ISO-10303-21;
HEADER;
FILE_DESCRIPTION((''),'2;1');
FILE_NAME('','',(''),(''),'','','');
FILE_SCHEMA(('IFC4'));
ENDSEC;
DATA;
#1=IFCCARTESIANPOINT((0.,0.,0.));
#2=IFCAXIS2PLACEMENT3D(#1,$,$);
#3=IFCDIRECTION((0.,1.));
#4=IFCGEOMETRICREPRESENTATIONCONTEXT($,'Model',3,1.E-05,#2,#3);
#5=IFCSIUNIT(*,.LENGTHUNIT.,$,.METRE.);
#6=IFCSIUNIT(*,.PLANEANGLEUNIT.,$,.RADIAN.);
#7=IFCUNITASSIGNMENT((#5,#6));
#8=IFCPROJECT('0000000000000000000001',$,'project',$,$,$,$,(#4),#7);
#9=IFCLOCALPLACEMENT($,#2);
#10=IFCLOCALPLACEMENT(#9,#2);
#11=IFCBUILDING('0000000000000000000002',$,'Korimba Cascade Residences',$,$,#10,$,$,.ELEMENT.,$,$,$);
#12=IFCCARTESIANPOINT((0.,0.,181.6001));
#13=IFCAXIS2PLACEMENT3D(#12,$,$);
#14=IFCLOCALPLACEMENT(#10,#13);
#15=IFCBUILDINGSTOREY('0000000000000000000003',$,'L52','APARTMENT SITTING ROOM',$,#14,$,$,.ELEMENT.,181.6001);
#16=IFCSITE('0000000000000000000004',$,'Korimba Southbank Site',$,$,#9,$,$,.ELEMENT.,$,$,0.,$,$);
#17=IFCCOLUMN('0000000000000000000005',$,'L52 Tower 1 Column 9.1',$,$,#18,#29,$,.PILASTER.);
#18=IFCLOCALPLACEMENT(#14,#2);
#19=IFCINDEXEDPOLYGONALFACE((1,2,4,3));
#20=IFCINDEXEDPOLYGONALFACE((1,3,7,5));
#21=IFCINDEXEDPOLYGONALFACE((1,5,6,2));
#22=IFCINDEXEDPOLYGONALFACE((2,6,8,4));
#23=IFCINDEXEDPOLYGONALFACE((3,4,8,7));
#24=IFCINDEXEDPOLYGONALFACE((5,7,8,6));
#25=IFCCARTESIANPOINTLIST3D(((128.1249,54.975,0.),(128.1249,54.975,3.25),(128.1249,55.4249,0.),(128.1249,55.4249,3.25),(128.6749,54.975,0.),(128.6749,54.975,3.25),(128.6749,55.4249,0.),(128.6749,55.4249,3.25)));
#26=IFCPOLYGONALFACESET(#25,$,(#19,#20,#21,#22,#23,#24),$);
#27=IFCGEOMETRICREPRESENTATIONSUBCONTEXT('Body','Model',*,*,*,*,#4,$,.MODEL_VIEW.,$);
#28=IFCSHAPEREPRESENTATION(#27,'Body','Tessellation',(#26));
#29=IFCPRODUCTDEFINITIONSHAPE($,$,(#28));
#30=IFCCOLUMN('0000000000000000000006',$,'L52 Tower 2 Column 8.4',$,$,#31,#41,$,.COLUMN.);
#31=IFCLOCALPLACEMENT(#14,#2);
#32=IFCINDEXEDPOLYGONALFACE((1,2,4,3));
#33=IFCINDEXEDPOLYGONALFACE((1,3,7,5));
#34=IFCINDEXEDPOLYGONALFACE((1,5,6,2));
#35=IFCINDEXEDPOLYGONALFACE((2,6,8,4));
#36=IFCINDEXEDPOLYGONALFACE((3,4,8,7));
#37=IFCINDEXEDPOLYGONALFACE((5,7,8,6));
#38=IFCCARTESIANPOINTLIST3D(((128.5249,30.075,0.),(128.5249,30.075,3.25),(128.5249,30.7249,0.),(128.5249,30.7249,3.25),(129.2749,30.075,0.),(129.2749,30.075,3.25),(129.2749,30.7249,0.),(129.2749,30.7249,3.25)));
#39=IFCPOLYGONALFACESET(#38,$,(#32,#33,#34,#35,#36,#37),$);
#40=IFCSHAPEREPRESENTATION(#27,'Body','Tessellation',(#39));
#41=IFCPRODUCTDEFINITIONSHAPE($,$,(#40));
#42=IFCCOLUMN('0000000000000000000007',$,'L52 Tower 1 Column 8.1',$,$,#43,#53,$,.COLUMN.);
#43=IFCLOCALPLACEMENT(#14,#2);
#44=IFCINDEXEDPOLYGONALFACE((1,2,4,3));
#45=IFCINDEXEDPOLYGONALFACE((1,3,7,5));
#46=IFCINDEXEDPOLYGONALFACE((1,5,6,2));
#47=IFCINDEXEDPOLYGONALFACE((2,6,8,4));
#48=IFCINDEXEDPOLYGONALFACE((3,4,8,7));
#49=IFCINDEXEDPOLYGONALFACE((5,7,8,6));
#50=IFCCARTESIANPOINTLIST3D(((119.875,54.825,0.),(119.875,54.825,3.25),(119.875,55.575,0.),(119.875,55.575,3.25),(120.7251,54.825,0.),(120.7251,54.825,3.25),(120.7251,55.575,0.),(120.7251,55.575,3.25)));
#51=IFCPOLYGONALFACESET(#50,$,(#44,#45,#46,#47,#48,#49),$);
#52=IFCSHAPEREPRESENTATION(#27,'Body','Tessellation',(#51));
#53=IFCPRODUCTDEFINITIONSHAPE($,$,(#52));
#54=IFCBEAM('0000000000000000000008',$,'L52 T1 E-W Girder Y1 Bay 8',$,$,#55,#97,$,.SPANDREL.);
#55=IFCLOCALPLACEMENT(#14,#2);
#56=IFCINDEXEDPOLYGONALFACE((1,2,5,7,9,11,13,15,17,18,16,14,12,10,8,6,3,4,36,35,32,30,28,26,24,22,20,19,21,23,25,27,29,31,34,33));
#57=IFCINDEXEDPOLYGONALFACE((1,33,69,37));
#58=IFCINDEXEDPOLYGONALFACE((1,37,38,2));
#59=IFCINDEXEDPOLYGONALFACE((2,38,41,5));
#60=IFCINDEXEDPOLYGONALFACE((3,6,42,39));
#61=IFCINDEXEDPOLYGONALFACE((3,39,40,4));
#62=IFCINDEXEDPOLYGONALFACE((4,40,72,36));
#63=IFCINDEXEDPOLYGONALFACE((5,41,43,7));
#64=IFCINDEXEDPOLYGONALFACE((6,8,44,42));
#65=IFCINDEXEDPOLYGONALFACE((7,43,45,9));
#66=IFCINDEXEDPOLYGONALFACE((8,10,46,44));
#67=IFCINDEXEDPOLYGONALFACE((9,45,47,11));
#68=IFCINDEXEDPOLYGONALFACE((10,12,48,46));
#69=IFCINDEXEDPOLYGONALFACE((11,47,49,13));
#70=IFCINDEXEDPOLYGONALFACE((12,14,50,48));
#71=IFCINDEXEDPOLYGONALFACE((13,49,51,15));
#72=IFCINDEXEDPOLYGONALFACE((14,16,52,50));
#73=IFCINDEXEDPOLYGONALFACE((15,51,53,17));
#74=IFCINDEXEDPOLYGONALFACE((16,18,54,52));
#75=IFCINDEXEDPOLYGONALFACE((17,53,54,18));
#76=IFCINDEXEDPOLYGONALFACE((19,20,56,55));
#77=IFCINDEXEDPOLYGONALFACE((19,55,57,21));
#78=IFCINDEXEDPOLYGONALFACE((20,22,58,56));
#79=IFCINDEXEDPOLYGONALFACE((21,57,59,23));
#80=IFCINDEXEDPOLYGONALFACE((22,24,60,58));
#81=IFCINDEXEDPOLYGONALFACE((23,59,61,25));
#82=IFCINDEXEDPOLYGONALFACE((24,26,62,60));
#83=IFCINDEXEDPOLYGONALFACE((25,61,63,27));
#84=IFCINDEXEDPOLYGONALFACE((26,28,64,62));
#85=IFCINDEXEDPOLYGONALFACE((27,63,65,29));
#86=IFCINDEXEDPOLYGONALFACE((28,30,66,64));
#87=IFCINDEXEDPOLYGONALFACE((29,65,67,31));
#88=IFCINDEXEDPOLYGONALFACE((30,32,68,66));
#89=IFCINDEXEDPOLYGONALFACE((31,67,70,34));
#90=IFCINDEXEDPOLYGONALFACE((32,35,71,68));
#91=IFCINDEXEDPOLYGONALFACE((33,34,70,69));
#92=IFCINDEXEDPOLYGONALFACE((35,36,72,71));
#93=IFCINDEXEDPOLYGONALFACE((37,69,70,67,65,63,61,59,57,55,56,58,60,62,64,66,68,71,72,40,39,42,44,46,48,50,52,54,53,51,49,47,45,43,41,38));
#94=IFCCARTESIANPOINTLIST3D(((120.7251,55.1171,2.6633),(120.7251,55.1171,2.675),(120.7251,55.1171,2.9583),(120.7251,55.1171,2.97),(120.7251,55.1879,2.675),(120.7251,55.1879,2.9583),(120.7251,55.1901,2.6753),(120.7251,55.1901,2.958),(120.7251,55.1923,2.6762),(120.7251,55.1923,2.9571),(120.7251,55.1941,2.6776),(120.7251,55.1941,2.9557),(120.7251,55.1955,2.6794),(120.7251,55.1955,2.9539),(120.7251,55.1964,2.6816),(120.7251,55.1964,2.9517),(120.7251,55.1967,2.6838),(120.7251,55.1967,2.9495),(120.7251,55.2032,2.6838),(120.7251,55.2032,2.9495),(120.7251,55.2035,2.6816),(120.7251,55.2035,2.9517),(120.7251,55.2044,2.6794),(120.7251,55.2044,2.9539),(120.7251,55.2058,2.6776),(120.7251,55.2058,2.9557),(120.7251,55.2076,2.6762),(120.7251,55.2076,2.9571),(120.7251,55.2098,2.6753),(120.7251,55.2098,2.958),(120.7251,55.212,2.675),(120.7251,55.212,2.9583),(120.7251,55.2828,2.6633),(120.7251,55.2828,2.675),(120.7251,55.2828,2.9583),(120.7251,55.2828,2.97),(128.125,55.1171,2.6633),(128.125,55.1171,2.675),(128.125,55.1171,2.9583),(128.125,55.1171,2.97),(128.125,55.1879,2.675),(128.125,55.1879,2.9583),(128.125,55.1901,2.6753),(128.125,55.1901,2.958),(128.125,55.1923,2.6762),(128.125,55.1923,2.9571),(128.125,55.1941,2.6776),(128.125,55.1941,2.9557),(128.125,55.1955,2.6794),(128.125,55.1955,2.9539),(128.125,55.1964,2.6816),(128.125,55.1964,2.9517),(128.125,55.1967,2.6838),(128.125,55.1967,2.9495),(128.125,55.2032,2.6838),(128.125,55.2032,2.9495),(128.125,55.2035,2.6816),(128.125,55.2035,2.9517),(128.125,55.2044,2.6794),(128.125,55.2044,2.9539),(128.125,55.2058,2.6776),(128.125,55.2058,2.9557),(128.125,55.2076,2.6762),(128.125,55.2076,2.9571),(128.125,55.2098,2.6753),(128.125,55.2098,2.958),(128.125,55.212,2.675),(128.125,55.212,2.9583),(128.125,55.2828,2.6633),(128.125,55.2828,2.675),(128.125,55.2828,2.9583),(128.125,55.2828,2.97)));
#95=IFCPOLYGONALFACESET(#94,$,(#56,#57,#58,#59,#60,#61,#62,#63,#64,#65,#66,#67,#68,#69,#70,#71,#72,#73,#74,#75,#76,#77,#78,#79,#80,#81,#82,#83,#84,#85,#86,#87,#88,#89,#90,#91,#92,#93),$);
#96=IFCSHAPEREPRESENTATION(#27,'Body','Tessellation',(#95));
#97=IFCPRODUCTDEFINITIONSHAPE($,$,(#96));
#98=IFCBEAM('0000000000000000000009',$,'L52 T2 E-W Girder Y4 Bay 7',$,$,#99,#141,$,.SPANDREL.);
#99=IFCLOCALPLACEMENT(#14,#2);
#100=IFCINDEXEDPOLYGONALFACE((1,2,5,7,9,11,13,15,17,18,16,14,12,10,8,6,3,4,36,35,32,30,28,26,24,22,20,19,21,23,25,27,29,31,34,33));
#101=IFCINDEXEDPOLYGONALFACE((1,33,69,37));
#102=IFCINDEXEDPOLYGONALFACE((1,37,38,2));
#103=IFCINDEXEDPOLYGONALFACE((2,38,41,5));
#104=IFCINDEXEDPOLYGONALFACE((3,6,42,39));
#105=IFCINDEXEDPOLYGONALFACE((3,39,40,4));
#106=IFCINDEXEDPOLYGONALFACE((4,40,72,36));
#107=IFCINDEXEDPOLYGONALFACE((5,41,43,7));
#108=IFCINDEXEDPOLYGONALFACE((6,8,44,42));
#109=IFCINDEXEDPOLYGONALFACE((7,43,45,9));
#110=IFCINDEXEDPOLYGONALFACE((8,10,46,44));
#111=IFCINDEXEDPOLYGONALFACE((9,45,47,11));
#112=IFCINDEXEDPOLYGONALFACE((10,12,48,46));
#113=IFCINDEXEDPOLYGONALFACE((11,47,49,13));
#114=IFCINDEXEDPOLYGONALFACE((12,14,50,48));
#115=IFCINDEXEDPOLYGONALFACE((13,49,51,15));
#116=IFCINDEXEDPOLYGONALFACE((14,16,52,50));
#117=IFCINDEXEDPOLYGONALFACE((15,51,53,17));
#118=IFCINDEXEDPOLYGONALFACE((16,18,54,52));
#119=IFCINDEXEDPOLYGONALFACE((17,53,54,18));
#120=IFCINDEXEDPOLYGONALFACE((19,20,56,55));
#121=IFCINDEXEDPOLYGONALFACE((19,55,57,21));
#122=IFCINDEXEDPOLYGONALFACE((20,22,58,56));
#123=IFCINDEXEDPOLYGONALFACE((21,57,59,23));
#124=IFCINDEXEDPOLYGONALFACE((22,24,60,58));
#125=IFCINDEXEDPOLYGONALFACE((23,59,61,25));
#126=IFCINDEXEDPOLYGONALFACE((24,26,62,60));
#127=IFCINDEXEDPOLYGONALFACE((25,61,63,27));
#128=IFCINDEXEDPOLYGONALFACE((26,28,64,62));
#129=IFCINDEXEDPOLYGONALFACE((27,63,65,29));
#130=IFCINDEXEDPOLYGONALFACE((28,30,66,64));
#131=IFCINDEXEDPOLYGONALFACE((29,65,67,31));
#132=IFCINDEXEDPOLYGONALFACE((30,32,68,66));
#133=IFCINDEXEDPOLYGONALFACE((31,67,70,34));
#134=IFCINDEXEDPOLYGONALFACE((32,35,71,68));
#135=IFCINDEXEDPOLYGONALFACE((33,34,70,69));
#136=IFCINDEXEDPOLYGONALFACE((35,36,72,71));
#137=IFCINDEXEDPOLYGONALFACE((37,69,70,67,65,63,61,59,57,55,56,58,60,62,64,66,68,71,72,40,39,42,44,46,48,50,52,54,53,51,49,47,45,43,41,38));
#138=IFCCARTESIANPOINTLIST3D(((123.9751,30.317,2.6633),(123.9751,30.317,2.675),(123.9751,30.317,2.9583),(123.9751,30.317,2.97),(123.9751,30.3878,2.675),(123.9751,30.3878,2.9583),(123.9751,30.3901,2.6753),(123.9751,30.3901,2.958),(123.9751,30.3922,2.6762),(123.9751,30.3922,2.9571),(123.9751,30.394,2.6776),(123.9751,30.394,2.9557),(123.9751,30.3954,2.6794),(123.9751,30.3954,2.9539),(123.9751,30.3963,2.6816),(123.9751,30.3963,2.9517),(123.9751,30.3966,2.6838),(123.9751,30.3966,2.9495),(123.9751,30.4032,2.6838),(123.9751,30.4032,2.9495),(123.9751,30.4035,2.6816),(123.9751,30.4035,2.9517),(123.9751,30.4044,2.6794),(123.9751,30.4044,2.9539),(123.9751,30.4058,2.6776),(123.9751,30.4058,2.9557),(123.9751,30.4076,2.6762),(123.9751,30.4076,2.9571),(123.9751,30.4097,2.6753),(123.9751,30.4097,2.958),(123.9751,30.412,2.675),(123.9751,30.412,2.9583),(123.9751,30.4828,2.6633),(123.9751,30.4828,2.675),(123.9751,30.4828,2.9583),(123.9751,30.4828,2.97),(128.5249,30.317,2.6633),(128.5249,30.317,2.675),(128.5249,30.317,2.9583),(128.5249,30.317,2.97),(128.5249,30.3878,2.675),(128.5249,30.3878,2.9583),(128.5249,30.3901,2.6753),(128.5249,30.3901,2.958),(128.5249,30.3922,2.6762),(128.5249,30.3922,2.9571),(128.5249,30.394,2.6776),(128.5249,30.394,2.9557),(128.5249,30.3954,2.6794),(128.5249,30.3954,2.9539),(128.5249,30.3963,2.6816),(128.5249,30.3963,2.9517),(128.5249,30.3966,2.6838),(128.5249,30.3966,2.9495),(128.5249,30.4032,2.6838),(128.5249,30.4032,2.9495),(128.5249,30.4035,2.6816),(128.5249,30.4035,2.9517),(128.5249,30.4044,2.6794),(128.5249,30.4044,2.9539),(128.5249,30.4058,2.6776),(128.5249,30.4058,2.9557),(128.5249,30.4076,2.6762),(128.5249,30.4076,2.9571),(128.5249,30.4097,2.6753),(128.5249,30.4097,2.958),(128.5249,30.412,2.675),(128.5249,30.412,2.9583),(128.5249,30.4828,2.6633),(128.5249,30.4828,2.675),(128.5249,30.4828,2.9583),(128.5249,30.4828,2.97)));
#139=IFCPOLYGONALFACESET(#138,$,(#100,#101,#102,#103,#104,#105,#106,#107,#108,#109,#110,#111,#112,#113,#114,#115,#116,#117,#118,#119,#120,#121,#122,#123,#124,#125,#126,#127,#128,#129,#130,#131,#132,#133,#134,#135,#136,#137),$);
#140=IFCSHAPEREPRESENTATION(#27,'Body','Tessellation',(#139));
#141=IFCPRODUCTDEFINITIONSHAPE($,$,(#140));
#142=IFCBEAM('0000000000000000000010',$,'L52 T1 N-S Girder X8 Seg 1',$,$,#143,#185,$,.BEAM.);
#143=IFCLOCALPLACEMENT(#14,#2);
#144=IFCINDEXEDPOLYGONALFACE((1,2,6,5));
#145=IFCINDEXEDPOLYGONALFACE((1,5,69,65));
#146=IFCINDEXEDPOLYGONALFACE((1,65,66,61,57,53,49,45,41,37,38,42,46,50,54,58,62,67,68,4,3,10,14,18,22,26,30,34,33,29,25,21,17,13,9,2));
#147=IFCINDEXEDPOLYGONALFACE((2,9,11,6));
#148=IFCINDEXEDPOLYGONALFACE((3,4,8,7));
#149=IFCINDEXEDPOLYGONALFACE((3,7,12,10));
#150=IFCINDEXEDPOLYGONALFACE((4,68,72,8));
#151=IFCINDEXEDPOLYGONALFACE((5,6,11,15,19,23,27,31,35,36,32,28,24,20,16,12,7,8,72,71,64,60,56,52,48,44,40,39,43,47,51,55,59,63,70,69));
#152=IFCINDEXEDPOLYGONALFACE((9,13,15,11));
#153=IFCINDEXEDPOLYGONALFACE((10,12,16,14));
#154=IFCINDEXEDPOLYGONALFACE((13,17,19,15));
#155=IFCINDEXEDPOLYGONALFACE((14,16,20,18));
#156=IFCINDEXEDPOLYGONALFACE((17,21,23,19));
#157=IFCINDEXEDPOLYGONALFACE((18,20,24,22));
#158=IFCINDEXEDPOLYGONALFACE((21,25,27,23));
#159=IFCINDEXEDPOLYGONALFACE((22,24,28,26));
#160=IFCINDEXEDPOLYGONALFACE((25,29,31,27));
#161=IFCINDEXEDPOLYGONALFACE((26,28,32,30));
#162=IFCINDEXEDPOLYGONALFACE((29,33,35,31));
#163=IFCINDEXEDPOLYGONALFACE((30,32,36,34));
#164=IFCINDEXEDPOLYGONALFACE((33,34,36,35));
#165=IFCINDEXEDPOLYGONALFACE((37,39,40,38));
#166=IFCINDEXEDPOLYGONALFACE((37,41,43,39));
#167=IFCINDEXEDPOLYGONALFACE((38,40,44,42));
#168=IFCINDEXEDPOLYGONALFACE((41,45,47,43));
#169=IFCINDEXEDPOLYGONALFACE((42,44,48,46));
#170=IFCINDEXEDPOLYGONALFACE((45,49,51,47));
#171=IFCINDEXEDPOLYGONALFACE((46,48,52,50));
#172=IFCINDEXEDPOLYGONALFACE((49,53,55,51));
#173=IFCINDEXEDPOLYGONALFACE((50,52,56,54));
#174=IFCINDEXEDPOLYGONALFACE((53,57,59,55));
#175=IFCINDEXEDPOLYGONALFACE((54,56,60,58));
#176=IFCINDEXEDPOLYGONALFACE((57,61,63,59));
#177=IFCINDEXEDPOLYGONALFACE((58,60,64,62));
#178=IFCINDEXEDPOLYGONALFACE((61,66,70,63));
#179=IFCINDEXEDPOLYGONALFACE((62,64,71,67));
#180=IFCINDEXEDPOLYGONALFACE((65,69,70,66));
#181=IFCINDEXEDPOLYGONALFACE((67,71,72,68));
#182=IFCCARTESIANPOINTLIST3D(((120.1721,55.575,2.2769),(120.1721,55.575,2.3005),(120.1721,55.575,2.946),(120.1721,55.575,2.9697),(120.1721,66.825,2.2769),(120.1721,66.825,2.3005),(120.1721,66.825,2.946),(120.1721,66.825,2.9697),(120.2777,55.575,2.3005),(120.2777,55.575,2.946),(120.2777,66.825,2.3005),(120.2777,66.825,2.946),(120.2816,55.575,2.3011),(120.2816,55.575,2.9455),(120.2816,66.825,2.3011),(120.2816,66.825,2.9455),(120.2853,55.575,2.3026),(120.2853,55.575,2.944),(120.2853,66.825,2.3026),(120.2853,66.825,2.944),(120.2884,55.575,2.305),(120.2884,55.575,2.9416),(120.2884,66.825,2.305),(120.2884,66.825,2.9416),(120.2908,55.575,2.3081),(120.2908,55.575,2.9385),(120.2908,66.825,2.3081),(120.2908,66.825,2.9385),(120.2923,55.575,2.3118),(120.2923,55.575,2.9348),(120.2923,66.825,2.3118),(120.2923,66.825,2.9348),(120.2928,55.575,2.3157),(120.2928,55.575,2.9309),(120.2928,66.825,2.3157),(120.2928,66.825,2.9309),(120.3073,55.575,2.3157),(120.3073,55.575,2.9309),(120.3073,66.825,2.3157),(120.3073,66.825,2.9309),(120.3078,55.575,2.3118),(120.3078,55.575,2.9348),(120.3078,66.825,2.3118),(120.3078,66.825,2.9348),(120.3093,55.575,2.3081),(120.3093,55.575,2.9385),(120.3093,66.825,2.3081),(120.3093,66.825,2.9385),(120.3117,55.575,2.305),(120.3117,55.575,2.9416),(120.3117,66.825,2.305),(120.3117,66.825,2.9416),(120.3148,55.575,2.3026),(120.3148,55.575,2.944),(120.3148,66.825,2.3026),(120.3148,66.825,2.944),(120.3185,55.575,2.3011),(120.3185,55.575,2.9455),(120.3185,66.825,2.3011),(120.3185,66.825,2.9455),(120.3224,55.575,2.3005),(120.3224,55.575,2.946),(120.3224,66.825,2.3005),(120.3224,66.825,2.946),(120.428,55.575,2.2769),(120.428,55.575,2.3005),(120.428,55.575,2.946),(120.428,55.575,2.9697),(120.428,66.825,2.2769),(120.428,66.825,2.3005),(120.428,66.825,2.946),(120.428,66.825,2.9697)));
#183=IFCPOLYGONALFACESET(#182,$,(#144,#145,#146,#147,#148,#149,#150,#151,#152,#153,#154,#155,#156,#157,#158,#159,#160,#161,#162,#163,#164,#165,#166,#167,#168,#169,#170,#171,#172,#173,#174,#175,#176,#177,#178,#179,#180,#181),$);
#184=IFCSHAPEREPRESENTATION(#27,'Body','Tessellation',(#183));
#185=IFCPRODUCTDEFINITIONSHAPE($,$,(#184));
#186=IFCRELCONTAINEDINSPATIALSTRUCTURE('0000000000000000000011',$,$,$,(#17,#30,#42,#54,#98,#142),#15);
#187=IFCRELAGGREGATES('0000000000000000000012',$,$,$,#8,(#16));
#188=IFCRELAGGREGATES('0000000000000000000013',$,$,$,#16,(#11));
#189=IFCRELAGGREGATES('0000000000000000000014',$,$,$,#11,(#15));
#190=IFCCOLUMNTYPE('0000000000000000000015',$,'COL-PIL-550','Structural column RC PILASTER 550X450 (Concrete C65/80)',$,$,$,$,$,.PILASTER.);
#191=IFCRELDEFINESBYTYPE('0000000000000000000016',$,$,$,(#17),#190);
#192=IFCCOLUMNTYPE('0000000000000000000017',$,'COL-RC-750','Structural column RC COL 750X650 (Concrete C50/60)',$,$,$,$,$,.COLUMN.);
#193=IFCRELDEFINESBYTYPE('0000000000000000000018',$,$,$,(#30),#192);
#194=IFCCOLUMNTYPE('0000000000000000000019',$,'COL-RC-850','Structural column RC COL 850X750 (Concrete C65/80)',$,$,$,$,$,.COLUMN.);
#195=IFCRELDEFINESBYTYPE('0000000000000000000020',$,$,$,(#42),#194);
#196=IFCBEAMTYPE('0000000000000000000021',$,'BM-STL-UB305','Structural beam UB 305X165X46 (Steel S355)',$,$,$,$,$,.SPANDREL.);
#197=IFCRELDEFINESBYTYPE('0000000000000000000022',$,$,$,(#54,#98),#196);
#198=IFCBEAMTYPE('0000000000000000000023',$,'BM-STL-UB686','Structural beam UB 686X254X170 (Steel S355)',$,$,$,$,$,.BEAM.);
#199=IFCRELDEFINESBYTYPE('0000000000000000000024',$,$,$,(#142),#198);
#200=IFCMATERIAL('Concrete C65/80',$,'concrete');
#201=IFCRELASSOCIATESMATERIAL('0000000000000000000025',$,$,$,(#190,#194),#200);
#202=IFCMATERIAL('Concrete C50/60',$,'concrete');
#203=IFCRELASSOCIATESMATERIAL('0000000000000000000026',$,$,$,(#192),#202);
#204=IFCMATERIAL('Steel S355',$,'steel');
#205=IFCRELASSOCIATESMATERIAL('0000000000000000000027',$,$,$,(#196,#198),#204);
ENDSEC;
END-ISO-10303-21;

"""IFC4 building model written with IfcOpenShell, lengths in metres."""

from ifc_helpers import new_model, si_unit, direction, frame, origin, origin_2d, place, context, subcontext, project, spatial, rectangle, i_section, extrude, material, material_profile, profile_set, type_object, element, save


model = new_model("IFC4")

# Units and contexts
model_context = context("Model", 3, precision=1e-05, world=origin(), true_north=direction((0.0, 1.0)))
body_context = subcontext(model_context, "Body", "Model", "MODEL_VIEW")
ifc_project = project(units=[si_unit("LENGTHUNIT", "METRE"), si_unit("PLANEANGLEUNIT", "RADIAN")], contexts=[model_context])

# Site, building, storey
site_placement = place(None, origin())
site = spatial("IfcSite", under=ifc_project, at=site_placement, Name="Korimba Southbank Site", CompositionType="ELEMENT", RefElevation=0.0)
building_placement = place(site_placement, origin())
building = spatial("IfcBuilding", under=site, at=building_placement, Name="Korimba Cascade Residences", CompositionType="ELEMENT")
storey_placement = place(building_placement, frame((0.0, 0.0, 181.6001)))
storey = spatial("IfcBuildingStorey", under=building, at=storey_placement, Name="L52", Description="APARTMENT SITTING ROOM", CompositionType="ELEMENT", Elevation=181.6001)

# Columns
ifc_material_1 = material(Name="Concrete C65/80", Category="concrete")
ifc_material_profile_1 = material_profile(ifc_material_1, rectangle(XDim=0.55, YDim=0.45, at=origin_2d()), Name="Concrete C65/80")
ifc_profile_set_1 = profile_set([ifc_material_profile_1], Name="Concrete C65/80")
column_type_1 = type_object("IfcColumnType", Name="COL-PIL-550", Description="Structural column RC PILASTER 550X450 (Concrete C65/80)", PredefinedType="PILASTER", material=ifc_profile_set_1)
column_1_placement = place(storey_placement, frame((128.3999, 55.2, 0.0), z_axis=(0.0, 0.0, 1.0), x_axis=(1.0, 0.0, 0.0)))
element("IfcColumn", 1, at=column_1_placement, inside=storey, type_object=column_type_1, Name="L52 Tower 1 Column 9.1", PredefinedType="PILASTER", context=body_context, shape_type="SweptSolid", body=[
    extrude(rectangle(XDim=0.55, YDim=0.45, at=origin_2d()), origin(), (0.0, 0.0, 1.0), 3.25),
])
ifc_material_2 = material(Name="Concrete C50/60", Category="concrete")
ifc_material_profile_2 = material_profile(ifc_material_2, rectangle(XDim=0.75, YDim=0.6499, at=origin_2d()), Name="Concrete C50/60")
ifc_profile_set_2 = profile_set([ifc_material_profile_2], Name="Concrete C50/60")
column_type_2 = type_object("IfcColumnType", Name="COL-RC-750", Description="Structural column RC COL 750X650 (Concrete C50/60)", PredefinedType="COLUMN", material=ifc_profile_set_2)
column_2_placement = place(storey_placement, frame((128.8999, 30.3999, 0.0), z_axis=(0.0, 0.0, 1.0), x_axis=(1.0, 0.0, 0.0)))
element("IfcColumn", 2, at=column_2_placement, inside=storey, type_object=column_type_2, Name="L52 Tower 2 Column 8.4", PredefinedType="COLUMN", context=body_context, shape_type="SweptSolid", body=[
    extrude(rectangle(XDim=0.75, YDim=0.6499, at=origin_2d()), origin(), (0.0, 0.0, 1.0), 3.25),
])
ifc_material_profile_3 = material_profile(ifc_material_1, rectangle(XDim=0.8501, YDim=0.75, at=origin_2d()), Name="Concrete C65/80")
ifc_profile_set_3 = profile_set([ifc_material_profile_3], Name="Concrete C65/80")
column_type_3 = type_object("IfcColumnType", Name="COL-RC-850", Description="Structural column RC COL 850X750 (Concrete C65/80)", PredefinedType="COLUMN", material=ifc_profile_set_3)
column_3_placement = place(storey_placement, frame((120.3, 55.2, 0.0), z_axis=(0.0, 0.0, 1.0), x_axis=(1.0, 0.0, 0.0)))
element("IfcColumn", 3, at=column_3_placement, inside=storey, type_object=column_type_3, Name="L52 Tower 1 Column 8.1", PredefinedType="COLUMN", context=body_context, shape_type="SweptSolid", body=[
    extrude(rectangle(XDim=0.8501, YDim=0.75, at=origin_2d()), origin(), (0.0, 0.0, 1.0), 3.25),
])

# Beams
ifc_material_3 = material(Name="Steel S355", Category="steel")
ifc_material_profile_4 = material_profile(ifc_material_3, i_section(OverallWidth=0.1658, OverallDepth=0.3066, WebThickness=0.0066, FlangeThickness=0.0117, FilletRadius=0.0088, at=origin_2d()), Name="Steel S355")
ifc_profile_set_4 = profile_set([ifc_material_profile_4], Name="Steel S355")
beam_type_1 = type_object("IfcBeamType", Name="BM-STL-UB305", Description="Structural beam UB 305X165X46 (Steel S355)", PredefinedType="SPANDREL", material=ifc_profile_set_4)
beam_1_placement = place(storey_placement, frame((120.7251, 55.2, 2.8167), z_axis=(1.0, 0.0, 0.0), x_axis=(0.0, 1.0, 0.0)))
element("IfcBeam", 4, at=beam_1_placement, inside=storey, type_object=beam_type_1, Name="L52 T1 E-W Girder Y1 Bay 8", PredefinedType="SPANDREL", context=body_context, shape_type="SweptSolid", body=[
    extrude(i_section(OverallWidth=0.1658, OverallDepth=0.3066, WebThickness=0.0066, FlangeThickness=0.0117, FilletRadius=0.0088, at=origin_2d()), origin(), (0.0, 0.0, 1.0), 7.3999),
])
beam_2_placement = place(storey_placement, frame((123.9751, 30.3999, 2.8167), z_axis=(1.0, 0.0, 0.0), x_axis=(0.0, 1.0, 0.0)))
element("IfcBeam", 5, at=beam_2_placement, inside=storey, type_object=beam_type_1, Name="L52 T2 E-W Girder Y4 Bay 7", PredefinedType="SPANDREL", context=body_context, shape_type="SweptSolid", body=[
    extrude(i_section(OverallWidth=0.1658, OverallDepth=0.3066, WebThickness=0.0066, FlangeThickness=0.0117, FilletRadius=0.0088, at=origin_2d()), origin(), (0.0, 0.0, 1.0), 4.5498),
])
ifc_material_profile_5 = material_profile(ifc_material_3, i_section(OverallWidth=0.2559, OverallDepth=0.6929, WebThickness=0.0144, FlangeThickness=0.0237, FilletRadius=0.0151, at=origin_2d()), Name="Steel S355")
ifc_profile_set_5 = profile_set([ifc_material_profile_5], Name="Steel S355")
beam_type_2 = type_object("IfcBeamType", Name="BM-STL-UB686", Description="Structural beam UB 686X254X170 (Steel S355)", PredefinedType="BEAM", material=ifc_profile_set_5)
beam_3_placement = place(storey_placement, frame((120.3, 55.575, 2.6233), z_axis=(0.0, 1.0, 0.0), x_axis=(-1.0, 0.0, 0.0)))
element("IfcBeam", 6, at=beam_3_placement, inside=storey, type_object=beam_type_2, Name="L52 T1 N-S Girder X8 Seg 1", PredefinedType="BEAM", context=body_context, shape_type="SweptSolid", body=[
    extrude(i_section(OverallWidth=0.2559, OverallDepth=0.6929, WebThickness=0.0144, FlangeThickness=0.0237, FilletRadius=0.0151, at=origin_2d()), origin(), (0.0, 0.0, 1.0), 11.25),
])

save(model, "model.ifc")
